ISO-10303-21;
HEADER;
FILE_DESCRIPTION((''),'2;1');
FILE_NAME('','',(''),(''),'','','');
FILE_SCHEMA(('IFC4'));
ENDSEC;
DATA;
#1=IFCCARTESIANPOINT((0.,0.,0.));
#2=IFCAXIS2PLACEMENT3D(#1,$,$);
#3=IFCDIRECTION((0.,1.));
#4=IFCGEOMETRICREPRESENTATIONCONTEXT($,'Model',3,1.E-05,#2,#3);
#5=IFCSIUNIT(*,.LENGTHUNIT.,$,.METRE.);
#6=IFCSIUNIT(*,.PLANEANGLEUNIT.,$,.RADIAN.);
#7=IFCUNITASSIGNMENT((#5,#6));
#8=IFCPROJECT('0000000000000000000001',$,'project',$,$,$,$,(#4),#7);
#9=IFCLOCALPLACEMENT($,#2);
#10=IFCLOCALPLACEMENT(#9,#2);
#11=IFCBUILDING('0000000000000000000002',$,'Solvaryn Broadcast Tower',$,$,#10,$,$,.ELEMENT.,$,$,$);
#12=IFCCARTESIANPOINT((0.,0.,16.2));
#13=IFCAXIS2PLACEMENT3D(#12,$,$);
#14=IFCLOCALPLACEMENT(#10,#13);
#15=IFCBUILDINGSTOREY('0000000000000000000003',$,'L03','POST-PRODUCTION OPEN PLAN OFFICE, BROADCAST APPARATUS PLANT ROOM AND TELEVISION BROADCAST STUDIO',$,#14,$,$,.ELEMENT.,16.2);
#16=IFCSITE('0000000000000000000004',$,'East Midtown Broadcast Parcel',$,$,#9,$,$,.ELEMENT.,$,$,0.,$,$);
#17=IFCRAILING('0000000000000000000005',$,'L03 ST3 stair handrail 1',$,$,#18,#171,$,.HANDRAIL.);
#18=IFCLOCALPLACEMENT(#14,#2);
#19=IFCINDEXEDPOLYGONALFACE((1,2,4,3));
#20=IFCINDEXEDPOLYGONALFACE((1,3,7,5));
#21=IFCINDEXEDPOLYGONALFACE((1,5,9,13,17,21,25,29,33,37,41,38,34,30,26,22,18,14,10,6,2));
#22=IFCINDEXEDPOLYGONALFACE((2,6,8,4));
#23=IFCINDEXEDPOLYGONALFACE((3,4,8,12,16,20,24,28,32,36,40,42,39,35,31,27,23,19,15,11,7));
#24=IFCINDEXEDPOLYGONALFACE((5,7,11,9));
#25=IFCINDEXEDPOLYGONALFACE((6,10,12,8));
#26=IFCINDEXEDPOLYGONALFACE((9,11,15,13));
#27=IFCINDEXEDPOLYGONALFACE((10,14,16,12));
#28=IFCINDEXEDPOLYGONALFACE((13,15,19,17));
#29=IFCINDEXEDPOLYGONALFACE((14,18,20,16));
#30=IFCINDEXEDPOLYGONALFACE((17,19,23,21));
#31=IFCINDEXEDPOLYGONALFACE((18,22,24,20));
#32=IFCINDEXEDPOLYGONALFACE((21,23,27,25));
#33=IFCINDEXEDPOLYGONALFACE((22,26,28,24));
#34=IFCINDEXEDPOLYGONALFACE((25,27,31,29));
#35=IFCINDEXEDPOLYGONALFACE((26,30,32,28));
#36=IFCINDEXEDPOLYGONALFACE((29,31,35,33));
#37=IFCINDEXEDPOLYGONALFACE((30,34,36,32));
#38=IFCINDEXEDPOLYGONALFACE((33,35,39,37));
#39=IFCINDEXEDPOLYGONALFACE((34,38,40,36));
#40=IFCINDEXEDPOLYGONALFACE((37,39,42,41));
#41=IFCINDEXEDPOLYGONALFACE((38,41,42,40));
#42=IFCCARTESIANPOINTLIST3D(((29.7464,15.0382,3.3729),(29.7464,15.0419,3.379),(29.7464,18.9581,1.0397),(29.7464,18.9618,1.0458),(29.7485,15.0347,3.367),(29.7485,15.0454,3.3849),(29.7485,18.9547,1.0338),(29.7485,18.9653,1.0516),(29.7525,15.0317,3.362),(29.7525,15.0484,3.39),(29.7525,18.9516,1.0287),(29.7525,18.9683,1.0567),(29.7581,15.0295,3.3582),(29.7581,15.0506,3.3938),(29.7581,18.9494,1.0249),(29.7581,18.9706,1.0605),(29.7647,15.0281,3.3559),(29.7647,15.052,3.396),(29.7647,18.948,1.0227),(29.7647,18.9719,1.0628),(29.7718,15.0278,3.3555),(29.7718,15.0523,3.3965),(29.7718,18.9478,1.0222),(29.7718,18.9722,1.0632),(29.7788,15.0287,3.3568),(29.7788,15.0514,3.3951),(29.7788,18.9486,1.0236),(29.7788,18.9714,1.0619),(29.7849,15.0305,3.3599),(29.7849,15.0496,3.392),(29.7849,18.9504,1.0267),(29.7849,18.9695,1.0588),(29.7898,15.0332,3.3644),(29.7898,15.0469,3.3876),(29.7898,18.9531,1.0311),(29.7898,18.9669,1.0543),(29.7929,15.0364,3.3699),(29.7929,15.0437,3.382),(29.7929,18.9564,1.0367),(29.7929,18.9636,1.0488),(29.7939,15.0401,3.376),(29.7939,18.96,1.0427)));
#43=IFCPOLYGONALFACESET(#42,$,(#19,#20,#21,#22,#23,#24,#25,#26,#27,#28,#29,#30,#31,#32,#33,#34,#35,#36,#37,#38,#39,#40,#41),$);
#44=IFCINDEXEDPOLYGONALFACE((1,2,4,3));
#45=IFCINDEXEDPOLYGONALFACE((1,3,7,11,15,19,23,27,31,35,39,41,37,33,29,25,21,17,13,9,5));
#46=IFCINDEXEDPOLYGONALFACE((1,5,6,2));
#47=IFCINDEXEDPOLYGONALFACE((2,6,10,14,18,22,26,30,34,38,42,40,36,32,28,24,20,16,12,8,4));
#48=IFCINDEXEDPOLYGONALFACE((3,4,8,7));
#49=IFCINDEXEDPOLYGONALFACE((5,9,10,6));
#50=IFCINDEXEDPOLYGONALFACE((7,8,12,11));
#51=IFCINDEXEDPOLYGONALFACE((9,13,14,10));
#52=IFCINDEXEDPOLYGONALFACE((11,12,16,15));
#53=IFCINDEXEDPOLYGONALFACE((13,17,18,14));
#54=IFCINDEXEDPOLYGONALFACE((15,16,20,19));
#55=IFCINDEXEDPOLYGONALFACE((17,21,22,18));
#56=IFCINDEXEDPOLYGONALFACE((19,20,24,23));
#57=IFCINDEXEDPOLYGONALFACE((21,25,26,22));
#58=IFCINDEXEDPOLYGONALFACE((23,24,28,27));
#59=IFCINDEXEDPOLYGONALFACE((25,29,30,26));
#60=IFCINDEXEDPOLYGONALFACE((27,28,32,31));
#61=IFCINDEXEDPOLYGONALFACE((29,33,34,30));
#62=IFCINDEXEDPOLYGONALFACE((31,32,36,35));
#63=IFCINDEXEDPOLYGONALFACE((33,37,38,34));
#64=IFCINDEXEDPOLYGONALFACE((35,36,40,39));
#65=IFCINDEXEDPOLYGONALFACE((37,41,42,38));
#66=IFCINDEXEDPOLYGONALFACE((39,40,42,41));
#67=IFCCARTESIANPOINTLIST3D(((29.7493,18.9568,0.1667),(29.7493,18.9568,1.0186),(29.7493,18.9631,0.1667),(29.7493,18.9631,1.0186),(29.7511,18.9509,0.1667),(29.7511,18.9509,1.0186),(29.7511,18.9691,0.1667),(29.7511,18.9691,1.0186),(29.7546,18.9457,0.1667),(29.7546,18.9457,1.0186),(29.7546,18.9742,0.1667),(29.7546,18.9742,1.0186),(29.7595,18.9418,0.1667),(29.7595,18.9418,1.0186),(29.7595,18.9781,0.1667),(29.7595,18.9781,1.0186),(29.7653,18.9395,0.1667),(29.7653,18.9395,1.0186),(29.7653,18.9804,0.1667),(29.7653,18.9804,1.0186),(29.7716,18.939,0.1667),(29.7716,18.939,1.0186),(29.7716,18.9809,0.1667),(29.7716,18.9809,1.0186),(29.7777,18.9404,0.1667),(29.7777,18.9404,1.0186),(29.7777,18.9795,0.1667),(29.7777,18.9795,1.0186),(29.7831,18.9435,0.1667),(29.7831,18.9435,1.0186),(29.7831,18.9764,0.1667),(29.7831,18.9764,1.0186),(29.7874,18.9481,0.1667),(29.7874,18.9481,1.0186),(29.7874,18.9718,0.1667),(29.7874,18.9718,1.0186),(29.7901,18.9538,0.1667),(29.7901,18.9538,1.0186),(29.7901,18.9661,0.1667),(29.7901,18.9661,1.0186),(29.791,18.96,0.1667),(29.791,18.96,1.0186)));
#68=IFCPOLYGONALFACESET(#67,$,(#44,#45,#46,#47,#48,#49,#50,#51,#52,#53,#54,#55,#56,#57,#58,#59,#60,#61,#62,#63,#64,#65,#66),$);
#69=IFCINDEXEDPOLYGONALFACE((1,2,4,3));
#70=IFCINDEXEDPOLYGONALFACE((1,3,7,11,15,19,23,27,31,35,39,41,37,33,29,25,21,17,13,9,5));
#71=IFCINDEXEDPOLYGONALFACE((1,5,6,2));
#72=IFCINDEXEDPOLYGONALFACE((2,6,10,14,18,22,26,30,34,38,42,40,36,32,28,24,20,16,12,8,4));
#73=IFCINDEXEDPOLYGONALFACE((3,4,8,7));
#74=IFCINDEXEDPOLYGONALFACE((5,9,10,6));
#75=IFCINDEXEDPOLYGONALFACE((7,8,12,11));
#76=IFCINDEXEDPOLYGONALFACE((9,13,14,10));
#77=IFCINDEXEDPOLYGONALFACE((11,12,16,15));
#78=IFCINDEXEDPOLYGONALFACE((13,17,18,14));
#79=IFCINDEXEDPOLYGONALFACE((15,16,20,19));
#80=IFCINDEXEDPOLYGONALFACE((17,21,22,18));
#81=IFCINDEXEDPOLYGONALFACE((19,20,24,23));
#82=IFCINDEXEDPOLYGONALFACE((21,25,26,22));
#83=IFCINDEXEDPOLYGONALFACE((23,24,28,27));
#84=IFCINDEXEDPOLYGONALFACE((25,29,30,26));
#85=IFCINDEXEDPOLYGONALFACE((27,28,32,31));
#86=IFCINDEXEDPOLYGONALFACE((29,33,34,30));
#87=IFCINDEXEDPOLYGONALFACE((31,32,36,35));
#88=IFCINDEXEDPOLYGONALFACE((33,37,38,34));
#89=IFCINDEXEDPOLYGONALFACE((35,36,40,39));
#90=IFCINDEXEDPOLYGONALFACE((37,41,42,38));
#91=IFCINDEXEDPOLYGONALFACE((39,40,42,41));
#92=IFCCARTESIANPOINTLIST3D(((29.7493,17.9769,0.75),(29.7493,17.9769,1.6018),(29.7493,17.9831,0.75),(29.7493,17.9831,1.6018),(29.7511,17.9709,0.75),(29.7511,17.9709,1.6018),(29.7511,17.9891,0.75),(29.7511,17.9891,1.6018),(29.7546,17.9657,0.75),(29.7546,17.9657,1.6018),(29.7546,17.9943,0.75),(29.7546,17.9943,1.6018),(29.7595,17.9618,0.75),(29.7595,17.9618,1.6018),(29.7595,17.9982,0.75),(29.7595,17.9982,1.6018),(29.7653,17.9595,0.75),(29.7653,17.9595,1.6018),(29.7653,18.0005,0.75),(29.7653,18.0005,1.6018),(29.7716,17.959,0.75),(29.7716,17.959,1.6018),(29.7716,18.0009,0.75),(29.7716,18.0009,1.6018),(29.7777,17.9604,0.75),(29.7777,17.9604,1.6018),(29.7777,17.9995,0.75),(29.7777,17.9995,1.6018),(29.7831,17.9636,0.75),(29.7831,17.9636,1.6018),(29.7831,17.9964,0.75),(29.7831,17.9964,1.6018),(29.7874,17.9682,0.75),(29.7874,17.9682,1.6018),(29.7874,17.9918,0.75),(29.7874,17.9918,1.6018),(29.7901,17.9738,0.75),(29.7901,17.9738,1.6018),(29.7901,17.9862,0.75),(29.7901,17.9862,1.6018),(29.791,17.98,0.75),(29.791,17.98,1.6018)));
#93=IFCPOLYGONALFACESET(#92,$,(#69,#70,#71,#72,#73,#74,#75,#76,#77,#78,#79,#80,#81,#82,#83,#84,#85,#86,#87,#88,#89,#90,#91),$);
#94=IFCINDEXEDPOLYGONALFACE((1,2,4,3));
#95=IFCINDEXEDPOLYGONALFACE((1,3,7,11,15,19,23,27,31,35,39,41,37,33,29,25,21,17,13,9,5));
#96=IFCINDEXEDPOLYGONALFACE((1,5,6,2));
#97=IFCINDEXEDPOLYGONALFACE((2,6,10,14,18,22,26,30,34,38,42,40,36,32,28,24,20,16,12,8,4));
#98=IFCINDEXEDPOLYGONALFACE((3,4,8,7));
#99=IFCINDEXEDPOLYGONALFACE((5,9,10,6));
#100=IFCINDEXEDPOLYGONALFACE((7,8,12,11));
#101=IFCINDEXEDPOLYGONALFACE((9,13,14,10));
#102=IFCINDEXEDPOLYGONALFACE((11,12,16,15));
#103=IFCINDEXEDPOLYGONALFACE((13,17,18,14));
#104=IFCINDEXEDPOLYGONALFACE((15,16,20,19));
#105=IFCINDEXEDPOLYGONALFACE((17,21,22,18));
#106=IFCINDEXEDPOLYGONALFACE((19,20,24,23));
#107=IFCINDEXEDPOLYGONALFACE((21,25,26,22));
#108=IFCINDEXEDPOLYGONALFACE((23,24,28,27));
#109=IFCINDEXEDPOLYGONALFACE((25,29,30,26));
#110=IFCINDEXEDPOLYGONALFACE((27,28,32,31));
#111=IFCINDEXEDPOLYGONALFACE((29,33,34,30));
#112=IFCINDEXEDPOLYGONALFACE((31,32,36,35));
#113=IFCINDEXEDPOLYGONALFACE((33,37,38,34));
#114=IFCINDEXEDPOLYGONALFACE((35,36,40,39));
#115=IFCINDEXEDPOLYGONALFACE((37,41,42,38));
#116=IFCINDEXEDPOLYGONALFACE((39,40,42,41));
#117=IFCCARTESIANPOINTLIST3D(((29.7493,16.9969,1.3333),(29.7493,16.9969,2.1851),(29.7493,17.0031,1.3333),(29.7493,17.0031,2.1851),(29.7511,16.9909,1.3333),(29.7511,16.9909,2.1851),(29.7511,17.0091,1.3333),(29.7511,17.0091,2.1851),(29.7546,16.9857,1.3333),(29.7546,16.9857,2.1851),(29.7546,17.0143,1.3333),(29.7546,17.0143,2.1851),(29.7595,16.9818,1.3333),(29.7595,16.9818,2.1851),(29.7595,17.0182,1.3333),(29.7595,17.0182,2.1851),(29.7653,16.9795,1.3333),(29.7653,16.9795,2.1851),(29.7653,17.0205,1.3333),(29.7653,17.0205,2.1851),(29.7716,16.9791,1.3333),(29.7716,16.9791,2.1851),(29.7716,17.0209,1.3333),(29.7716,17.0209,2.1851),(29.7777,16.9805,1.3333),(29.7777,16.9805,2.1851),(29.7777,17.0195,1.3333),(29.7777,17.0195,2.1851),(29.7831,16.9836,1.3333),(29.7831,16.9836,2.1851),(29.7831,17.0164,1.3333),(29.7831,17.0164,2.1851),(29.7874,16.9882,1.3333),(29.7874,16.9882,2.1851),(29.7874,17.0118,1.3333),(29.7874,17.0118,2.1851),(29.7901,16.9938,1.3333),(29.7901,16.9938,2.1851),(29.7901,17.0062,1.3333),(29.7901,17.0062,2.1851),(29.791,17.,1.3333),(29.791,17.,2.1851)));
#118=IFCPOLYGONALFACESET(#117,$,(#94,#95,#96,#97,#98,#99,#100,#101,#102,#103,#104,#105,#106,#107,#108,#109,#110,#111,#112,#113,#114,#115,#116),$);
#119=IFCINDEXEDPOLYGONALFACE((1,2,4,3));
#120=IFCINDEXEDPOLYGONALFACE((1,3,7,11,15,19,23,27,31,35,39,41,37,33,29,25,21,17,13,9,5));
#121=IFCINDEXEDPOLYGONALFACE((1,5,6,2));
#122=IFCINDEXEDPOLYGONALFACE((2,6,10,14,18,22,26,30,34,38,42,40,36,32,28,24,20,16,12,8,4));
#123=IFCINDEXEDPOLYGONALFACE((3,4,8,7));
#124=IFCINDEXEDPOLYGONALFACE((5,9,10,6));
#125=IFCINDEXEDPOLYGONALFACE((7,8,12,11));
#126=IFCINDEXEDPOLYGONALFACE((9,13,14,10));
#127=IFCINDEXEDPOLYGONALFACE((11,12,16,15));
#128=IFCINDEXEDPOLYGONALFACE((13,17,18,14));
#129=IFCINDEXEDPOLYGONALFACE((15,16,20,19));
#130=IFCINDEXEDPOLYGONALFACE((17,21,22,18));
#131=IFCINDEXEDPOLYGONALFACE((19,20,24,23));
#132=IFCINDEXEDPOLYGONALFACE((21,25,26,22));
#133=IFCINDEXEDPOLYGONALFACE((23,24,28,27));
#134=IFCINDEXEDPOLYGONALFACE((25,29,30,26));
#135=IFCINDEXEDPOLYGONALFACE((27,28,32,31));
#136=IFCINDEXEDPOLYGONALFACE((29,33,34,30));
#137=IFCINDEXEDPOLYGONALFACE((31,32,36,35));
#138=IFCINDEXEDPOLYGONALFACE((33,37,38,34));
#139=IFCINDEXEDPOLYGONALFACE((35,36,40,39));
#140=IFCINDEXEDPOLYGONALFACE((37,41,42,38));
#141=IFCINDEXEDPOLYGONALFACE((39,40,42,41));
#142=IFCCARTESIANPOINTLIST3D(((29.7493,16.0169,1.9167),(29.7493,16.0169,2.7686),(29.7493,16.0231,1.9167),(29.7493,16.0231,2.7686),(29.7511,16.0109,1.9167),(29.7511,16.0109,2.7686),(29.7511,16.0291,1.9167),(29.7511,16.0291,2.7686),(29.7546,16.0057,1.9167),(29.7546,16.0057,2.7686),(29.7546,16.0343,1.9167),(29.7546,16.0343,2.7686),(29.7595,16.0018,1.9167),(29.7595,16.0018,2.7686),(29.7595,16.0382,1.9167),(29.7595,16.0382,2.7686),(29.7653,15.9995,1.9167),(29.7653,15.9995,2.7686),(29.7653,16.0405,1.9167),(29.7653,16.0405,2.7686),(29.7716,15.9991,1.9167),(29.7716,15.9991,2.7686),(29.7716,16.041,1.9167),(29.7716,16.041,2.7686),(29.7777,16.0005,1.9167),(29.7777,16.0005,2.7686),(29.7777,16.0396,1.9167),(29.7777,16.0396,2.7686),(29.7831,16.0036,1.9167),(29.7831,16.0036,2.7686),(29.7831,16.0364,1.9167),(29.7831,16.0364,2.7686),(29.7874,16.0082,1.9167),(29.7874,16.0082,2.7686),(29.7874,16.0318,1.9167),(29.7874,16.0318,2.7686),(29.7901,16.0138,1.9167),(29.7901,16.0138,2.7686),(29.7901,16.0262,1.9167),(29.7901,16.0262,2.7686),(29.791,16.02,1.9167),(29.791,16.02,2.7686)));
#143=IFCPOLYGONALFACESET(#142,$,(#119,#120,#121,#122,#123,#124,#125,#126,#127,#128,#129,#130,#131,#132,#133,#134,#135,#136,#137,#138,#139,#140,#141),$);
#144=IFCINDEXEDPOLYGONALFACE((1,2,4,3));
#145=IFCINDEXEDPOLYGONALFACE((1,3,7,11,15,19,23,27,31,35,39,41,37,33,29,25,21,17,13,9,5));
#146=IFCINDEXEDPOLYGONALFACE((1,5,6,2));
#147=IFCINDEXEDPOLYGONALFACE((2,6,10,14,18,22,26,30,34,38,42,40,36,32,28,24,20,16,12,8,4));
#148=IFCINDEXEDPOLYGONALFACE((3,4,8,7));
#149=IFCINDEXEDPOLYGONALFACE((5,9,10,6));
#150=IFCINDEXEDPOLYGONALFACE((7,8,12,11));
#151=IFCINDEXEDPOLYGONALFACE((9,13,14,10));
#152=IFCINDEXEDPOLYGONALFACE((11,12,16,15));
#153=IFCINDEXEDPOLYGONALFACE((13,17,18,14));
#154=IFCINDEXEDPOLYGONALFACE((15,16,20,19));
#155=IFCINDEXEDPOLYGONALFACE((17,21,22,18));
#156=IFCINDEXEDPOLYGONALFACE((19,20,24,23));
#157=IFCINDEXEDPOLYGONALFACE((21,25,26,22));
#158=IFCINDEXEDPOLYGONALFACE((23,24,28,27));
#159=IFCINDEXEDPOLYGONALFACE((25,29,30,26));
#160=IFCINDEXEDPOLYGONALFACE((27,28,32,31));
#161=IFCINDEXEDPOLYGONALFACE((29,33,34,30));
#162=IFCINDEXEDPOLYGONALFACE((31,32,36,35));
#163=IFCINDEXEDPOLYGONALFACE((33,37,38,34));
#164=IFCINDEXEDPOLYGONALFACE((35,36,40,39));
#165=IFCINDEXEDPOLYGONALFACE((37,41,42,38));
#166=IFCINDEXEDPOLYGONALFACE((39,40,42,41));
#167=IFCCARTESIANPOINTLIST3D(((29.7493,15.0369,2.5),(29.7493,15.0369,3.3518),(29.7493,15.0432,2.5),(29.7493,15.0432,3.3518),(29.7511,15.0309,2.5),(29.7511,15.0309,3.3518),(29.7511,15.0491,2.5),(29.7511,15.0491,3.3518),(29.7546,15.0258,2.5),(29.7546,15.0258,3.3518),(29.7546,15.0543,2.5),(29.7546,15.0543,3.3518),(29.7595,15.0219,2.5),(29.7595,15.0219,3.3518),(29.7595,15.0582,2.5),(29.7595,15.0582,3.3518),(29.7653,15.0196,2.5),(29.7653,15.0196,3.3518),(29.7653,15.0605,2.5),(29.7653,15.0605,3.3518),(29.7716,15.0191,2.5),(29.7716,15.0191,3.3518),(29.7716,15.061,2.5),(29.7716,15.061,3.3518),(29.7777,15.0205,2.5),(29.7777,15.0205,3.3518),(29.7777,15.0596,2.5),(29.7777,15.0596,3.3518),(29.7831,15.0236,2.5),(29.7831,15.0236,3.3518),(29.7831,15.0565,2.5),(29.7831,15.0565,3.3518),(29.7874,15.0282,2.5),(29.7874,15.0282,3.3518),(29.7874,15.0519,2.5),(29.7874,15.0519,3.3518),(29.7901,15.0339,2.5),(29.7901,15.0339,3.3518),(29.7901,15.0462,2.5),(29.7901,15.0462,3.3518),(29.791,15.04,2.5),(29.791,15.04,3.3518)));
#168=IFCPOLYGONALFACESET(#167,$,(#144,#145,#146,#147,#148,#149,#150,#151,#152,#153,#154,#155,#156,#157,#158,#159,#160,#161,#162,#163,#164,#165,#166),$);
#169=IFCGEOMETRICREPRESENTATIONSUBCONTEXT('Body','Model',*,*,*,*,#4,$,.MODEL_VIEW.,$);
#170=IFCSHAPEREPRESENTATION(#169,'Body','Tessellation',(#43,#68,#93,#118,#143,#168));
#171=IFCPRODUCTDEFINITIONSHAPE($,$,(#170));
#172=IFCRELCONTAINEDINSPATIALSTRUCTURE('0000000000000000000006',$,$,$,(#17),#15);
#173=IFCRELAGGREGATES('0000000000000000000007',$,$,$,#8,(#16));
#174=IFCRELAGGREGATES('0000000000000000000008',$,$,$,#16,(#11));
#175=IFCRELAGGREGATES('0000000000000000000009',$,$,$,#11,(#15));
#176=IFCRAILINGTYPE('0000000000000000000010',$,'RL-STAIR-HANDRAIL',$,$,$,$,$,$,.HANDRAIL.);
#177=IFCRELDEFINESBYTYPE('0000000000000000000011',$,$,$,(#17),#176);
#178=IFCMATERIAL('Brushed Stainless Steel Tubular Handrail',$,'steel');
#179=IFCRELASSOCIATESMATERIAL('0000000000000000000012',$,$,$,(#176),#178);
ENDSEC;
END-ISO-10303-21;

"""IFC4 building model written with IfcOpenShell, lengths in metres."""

from ifc_helpers import new_model, si_unit, direction, frame, origin, origin_2d, place, context, subcontext, project, spatial, circle, extrude, material, type_object, element, save


model = new_model("IFC4")

# Units and contexts
model_context = context("Model", 3, precision=1e-05, world=origin(), true_north=direction((0.0, 1.0)))
body_context = subcontext(model_context, "Body", "Model", "MODEL_VIEW")
ifc_project = project(units=[si_unit("LENGTHUNIT", "METRE"), si_unit("PLANEANGLEUNIT", "RADIAN")], contexts=[model_context])

# Site, building, storey
site_placement = place(None, origin())
site = spatial("IfcSite", under=ifc_project, at=site_placement, Name="East Midtown Broadcast Parcel", CompositionType="ELEMENT", RefElevation=0.0)
building_placement = place(site_placement, origin())
building = spatial("IfcBuilding", under=site, at=building_placement, Name="Solvaryn Broadcast Tower", CompositionType="ELEMENT")
storey_placement = place(building_placement, frame((0.0, 0.0, 16.2)))
storey = spatial("IfcBuildingStorey", under=building, at=storey_placement, Name="L03", Description="POST-PRODUCTION OPEN PLAN OFFICE, BROADCAST APPARATUS PLANT ROOM AND TELEVISION BROADCAST STUDIO", CompositionType="ELEMENT", Elevation=16.2)

# Railing
ifc_material_1 = material(Name="Brushed Stainless Steel Tubular Handrail", Category="steel")
railing_type_1 = type_object("IfcRailingType", Name="RL-STAIR-HANDRAIL", PredefinedType="HANDRAIL", material=ifc_material_1)
railing_1_placement = place(storey_placement, frame((29.77, 18.96, 0.1667)))
element("IfcRailing", 1, at=railing_1_placement, inside=storey, type_object=railing_type_1, Name="L03 ST3 stair handrail 1", PredefinedType="HANDRAIL", context=body_context, shape_type="SweptSolid", body=[
    extrude(circle(Radius=0.0239, at=origin_2d()), frame((0.0, 0.0, 0.876), z_axis=(0.0, -0.859296, 0.511478), x_axis=(1.0, 0.0, 0.0)), (0.0, 0.0, 1.0), 4.5618),
    extrude(circle(Radius=0.021, at=origin_2d()), origin(), (0.0, 0.0, 1.0), 0.8518),
    extrude(circle(Radius=0.021, at=origin_2d()), frame((0.0, -0.98, 0.5833)), (0.0, 0.0, 1.0), 0.8518),
    extrude(circle(Radius=0.021, at=origin_2d()), frame((0.0, -1.96, 1.1665)), (0.0, 0.0, 1.0), 0.8518),
    extrude(circle(Radius=0.021, at=origin_2d()), frame((0.0, -2.9399, 1.75)), (0.0, 0.0, 1.0), 0.8518),
    extrude(circle(Radius=0.021, at=origin_2d()), frame((0.0, -3.9199, 2.3333)), (0.0, 0.0, 1.0), 0.8518),
])

save(model, "model.ifc")
